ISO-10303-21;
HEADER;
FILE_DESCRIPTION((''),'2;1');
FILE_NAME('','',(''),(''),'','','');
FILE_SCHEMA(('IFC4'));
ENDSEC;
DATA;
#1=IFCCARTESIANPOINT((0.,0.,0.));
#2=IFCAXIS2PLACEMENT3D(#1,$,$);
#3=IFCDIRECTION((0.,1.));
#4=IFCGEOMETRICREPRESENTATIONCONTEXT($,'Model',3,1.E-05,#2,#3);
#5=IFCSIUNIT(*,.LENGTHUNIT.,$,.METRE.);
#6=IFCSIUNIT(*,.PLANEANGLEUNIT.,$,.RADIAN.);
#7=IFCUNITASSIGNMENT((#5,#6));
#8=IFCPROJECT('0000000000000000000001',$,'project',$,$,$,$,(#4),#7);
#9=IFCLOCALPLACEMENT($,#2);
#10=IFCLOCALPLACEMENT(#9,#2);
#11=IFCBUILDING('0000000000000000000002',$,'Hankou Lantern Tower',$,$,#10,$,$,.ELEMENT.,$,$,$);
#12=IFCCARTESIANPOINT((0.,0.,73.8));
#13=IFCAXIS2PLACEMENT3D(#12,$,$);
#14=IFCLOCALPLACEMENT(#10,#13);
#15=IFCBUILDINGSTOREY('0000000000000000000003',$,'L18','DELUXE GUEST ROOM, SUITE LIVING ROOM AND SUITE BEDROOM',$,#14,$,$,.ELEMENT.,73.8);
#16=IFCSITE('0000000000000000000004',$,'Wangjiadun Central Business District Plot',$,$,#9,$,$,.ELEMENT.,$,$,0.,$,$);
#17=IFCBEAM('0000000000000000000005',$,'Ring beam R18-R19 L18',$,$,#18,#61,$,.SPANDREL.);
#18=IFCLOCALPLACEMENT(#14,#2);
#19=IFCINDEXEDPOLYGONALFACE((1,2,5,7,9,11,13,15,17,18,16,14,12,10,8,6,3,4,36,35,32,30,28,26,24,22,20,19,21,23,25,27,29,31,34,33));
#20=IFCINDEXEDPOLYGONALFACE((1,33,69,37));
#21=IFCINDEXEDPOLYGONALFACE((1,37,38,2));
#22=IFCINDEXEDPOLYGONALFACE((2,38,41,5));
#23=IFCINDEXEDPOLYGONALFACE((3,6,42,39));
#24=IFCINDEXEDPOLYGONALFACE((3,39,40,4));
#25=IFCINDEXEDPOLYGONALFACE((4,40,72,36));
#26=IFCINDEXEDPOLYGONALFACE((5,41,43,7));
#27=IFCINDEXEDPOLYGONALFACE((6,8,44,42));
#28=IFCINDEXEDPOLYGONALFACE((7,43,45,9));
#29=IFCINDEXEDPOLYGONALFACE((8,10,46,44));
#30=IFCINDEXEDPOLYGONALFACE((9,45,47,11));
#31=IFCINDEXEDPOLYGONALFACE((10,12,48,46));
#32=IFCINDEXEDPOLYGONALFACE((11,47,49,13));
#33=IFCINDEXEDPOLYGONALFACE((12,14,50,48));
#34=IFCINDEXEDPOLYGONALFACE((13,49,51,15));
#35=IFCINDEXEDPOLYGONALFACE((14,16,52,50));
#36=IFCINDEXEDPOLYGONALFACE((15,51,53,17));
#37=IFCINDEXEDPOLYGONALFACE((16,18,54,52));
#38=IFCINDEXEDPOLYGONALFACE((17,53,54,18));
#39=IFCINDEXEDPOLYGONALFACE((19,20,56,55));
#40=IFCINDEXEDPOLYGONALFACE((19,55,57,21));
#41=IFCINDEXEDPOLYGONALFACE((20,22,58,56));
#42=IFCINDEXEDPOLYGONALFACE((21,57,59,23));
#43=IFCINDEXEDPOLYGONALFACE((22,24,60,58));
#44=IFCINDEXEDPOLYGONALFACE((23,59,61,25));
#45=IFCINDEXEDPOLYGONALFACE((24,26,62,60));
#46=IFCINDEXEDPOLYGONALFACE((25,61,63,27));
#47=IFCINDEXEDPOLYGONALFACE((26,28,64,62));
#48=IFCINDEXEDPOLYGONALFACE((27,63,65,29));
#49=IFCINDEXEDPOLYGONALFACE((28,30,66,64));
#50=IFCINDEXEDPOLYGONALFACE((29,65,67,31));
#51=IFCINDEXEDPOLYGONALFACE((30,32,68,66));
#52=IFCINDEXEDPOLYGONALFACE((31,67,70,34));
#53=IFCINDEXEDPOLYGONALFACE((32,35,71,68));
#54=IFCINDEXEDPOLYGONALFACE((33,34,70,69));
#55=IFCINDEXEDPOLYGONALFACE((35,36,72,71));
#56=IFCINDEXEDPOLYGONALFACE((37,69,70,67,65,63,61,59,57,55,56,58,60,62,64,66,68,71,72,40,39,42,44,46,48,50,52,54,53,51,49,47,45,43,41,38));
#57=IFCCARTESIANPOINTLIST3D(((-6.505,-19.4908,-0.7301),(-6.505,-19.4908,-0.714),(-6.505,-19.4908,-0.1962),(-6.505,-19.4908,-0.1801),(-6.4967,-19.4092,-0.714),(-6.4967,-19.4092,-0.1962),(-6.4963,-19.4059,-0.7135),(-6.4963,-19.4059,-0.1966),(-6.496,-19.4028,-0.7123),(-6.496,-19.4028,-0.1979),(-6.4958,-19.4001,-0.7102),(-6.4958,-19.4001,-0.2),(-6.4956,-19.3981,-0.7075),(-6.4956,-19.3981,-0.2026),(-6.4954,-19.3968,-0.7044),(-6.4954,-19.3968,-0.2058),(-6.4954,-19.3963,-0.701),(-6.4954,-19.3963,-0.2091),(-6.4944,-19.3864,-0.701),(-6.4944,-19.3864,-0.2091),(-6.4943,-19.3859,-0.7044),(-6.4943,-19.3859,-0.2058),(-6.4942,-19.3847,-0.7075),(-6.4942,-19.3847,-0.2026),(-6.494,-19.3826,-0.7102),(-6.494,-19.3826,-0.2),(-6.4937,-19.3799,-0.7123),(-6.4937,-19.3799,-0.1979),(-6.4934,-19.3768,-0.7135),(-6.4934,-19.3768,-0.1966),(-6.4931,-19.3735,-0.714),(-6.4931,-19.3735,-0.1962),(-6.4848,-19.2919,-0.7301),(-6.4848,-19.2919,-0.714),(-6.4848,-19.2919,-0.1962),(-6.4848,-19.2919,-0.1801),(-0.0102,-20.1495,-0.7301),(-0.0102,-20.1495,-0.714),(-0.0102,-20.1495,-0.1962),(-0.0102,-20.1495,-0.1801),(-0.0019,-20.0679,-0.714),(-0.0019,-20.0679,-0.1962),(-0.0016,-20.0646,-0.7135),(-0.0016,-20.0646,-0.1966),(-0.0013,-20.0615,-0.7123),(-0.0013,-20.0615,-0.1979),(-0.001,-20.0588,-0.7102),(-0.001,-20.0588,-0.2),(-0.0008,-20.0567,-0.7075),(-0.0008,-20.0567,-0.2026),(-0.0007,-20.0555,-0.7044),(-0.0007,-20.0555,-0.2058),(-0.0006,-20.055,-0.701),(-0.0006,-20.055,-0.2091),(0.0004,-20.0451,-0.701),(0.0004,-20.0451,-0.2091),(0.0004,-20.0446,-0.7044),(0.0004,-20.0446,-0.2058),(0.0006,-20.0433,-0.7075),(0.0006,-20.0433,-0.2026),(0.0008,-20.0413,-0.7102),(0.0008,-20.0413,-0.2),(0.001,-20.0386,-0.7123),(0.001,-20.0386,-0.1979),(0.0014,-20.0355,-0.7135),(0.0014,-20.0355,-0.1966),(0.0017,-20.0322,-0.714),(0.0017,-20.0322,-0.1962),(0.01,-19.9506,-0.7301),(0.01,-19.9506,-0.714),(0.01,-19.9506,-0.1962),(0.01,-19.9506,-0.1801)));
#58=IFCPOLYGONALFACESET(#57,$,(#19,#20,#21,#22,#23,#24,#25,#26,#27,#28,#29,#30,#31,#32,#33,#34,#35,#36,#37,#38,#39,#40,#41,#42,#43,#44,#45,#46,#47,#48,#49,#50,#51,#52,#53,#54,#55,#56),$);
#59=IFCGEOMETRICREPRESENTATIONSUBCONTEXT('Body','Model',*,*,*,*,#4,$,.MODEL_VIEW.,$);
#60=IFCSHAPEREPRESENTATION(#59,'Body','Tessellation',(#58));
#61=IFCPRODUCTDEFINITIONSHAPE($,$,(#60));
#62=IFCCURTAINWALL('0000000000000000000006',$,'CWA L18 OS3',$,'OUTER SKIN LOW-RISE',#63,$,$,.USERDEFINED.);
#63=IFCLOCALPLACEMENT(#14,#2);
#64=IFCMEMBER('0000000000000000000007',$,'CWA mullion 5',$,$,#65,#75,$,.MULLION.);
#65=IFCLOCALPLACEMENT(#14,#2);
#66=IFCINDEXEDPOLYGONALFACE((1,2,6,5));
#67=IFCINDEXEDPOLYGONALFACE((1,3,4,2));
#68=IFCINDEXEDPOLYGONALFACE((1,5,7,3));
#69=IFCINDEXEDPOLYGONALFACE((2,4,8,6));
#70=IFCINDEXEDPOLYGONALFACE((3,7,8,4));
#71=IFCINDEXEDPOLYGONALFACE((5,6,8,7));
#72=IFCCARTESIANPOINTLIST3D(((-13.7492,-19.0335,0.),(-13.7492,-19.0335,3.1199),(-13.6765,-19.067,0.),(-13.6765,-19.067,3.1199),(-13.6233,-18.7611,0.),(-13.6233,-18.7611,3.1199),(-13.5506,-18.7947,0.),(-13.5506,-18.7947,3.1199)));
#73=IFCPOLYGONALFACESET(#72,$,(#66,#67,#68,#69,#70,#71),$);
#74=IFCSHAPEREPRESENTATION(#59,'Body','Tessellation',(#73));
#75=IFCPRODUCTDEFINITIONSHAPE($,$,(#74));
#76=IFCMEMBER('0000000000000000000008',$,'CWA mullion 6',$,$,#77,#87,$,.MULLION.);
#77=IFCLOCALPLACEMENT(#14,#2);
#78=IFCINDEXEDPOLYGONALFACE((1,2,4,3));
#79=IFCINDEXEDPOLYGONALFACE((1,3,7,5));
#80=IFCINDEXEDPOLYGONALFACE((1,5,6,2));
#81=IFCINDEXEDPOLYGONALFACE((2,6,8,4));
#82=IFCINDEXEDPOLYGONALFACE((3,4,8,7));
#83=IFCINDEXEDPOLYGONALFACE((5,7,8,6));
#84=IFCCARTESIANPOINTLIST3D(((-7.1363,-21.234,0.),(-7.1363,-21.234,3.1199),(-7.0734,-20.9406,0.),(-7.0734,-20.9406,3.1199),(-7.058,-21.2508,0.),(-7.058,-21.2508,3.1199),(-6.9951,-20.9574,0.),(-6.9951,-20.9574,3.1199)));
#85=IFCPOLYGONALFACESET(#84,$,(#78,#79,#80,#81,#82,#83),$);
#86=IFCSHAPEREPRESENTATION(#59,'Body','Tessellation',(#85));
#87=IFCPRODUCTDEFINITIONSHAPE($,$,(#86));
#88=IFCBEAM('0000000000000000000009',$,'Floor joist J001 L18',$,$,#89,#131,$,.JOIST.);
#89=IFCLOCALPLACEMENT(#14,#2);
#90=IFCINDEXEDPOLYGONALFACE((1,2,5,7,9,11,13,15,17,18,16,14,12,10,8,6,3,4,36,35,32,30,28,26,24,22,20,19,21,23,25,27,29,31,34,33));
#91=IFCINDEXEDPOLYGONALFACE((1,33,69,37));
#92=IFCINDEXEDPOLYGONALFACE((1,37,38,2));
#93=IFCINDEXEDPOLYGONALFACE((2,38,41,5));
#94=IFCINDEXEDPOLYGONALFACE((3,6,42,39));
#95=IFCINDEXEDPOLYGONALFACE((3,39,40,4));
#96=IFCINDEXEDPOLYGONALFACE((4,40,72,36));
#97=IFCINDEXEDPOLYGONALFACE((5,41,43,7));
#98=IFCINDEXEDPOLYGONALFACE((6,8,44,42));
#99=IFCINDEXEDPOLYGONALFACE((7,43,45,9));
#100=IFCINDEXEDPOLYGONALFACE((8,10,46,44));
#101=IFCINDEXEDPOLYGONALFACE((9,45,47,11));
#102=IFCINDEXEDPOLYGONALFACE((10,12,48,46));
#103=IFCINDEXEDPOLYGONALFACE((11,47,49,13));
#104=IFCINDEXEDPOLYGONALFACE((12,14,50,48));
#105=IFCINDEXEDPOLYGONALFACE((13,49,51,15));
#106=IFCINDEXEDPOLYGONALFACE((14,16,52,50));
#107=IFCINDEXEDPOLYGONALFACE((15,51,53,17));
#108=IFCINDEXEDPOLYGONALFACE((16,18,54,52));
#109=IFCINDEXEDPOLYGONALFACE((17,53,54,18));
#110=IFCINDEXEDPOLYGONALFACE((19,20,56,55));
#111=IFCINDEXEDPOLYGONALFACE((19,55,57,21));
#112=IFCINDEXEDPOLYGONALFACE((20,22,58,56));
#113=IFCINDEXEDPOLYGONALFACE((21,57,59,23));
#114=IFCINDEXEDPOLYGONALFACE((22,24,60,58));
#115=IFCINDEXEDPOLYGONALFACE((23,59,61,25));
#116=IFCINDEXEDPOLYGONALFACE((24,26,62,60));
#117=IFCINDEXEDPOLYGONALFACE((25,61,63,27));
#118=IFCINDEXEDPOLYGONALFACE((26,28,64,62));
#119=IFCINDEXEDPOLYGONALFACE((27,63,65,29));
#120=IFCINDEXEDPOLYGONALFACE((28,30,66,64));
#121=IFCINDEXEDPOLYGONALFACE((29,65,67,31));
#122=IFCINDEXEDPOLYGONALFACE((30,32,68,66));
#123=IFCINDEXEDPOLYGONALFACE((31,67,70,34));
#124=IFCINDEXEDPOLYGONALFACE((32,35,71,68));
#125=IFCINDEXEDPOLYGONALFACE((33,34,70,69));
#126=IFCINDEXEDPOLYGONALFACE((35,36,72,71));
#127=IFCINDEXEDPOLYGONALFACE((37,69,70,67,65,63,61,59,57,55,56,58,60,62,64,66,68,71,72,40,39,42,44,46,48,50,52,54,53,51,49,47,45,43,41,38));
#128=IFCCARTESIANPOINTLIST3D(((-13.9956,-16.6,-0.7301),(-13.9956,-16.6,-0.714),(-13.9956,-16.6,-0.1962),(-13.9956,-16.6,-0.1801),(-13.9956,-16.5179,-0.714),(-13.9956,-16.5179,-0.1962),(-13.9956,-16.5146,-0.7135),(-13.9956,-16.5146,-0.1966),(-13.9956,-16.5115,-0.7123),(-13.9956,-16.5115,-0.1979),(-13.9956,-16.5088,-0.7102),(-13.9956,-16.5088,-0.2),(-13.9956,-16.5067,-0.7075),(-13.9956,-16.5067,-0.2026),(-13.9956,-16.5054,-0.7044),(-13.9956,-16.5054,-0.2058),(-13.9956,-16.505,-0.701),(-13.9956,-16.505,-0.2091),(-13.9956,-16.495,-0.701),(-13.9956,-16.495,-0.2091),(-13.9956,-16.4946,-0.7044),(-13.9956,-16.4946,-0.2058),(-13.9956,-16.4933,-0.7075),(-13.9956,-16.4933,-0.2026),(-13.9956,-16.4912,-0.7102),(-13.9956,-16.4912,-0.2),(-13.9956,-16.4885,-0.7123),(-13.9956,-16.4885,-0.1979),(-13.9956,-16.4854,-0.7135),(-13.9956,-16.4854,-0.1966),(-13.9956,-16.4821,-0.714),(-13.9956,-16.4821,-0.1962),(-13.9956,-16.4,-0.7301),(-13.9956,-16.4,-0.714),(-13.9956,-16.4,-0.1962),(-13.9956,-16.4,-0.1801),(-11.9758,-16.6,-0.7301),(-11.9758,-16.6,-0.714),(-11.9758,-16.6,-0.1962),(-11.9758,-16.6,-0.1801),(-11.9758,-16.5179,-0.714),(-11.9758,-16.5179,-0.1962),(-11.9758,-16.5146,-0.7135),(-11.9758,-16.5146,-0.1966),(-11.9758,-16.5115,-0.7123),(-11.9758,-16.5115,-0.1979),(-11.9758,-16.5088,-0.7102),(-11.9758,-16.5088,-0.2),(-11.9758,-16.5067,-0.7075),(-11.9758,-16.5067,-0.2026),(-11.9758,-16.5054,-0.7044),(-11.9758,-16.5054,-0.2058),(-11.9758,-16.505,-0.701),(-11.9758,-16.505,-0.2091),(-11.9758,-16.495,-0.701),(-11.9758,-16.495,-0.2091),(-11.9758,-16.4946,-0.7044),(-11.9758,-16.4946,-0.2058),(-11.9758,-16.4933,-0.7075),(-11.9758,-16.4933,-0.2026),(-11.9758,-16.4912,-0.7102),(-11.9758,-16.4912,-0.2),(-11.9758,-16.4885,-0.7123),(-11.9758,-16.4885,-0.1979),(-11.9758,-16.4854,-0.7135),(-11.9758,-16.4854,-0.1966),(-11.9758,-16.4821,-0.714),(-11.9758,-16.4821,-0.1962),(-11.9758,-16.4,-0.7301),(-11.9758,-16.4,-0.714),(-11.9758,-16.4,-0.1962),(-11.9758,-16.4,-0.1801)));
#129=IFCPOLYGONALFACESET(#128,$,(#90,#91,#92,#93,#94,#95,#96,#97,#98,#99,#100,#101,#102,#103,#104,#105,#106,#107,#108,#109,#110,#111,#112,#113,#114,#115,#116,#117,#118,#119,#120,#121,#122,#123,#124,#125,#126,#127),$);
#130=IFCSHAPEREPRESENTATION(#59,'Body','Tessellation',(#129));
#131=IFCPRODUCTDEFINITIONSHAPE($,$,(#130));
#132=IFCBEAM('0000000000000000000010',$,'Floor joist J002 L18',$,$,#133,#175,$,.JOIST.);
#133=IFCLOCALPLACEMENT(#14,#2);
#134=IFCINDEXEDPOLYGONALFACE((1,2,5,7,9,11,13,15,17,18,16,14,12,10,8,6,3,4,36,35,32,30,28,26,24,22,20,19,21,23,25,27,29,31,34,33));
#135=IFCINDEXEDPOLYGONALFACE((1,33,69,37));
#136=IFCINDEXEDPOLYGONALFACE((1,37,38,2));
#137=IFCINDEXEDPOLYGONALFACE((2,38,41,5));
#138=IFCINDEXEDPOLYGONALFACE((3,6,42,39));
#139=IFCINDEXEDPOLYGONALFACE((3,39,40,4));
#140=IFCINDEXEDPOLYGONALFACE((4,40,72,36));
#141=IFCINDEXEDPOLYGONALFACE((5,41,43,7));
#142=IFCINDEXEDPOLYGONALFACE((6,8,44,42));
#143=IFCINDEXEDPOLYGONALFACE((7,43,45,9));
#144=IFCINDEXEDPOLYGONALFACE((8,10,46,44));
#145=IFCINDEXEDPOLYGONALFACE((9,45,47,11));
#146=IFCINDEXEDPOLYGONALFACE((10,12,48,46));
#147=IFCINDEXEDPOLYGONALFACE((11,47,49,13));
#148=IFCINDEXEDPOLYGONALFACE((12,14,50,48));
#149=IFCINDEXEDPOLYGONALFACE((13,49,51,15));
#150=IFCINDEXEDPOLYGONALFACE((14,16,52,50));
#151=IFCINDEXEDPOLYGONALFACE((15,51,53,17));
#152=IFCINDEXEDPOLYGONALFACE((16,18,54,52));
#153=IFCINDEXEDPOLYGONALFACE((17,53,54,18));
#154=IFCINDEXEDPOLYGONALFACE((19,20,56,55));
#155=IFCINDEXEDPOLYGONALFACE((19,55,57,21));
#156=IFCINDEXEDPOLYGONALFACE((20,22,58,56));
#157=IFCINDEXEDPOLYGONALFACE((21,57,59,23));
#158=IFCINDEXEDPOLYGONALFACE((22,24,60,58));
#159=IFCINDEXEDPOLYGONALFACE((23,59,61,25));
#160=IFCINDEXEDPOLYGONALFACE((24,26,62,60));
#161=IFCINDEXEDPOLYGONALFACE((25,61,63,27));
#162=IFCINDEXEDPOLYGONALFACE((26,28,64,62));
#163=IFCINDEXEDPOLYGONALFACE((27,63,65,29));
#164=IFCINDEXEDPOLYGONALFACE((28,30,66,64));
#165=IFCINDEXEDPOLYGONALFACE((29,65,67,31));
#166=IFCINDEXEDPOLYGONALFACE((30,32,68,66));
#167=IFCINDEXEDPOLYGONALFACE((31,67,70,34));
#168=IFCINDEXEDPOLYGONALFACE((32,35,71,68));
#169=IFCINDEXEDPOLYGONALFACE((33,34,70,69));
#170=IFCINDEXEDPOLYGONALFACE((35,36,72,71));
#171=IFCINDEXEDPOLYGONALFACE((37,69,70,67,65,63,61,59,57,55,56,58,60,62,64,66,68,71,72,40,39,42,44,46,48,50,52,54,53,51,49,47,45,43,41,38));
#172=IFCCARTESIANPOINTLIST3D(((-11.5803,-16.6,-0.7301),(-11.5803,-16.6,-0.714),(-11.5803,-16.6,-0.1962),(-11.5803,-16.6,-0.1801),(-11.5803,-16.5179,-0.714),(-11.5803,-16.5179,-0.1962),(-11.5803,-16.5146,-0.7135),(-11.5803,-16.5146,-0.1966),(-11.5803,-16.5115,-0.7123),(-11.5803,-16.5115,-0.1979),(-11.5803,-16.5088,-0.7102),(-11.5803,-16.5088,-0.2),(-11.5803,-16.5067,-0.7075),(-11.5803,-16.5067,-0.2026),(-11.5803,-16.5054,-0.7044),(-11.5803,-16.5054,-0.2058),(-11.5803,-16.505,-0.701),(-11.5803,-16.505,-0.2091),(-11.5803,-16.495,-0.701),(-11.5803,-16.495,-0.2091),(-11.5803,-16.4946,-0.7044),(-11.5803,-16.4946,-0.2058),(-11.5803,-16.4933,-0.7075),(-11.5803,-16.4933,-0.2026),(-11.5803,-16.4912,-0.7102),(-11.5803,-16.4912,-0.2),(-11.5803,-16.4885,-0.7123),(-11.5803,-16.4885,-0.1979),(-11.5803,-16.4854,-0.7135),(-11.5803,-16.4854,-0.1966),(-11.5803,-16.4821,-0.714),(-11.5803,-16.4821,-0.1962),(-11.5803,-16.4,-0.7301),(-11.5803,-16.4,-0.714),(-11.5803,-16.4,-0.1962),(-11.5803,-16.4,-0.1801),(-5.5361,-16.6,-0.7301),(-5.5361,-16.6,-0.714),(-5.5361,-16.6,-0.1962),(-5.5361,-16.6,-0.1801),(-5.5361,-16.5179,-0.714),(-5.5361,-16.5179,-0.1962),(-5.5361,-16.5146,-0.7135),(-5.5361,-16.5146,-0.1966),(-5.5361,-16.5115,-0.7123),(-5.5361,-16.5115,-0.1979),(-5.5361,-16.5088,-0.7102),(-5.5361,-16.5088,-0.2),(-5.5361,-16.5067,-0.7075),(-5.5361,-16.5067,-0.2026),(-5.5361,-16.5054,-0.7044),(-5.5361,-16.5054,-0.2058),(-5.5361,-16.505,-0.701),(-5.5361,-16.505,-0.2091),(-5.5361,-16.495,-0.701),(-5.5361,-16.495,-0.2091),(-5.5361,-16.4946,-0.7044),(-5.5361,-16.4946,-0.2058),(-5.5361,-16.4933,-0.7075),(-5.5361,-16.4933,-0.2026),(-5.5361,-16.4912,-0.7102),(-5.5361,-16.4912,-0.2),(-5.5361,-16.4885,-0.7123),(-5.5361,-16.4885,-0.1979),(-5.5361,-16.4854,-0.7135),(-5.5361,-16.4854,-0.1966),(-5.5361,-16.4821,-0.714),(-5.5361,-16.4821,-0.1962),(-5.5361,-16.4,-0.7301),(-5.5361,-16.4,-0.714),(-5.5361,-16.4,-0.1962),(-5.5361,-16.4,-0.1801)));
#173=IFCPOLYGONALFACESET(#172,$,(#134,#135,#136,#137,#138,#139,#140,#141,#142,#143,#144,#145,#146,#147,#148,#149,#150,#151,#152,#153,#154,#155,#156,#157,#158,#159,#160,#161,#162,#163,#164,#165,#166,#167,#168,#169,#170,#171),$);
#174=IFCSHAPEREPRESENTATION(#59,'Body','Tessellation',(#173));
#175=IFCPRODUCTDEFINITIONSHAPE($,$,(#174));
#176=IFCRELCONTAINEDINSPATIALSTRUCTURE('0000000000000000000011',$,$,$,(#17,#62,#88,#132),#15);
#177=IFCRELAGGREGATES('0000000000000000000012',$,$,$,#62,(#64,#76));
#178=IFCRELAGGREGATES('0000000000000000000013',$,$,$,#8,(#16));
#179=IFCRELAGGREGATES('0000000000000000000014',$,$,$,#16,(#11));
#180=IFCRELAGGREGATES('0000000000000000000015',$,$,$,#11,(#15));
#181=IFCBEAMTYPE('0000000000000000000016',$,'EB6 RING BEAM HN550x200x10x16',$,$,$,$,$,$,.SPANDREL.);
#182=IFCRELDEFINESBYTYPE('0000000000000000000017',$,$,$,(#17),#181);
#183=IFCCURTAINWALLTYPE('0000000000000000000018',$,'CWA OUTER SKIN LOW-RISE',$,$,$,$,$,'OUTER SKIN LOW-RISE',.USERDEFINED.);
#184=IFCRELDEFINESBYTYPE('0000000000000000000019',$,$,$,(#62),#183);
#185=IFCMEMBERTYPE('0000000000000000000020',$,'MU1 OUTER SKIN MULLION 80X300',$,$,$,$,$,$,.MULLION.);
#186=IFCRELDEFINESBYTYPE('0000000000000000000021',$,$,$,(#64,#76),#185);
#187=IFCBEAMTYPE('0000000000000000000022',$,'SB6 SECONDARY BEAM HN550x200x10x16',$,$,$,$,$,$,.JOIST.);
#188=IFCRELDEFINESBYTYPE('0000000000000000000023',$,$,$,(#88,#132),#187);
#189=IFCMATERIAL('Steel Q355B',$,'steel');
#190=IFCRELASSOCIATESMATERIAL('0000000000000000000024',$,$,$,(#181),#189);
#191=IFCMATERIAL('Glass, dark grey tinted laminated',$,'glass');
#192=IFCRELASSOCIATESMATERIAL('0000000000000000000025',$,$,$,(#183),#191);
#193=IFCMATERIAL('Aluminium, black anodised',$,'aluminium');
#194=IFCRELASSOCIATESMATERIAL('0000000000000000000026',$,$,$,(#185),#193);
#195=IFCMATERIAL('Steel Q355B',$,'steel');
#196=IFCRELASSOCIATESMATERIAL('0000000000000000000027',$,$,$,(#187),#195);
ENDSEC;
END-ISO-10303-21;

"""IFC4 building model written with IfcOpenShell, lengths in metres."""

from ifc_helpers import new_model, si_unit, direction, frame, origin, origin_2d, place, context, subcontext, project, spatial, rectangle, i_section, extrude, material, material_profile, profile_set, type_object, element, aggregate, save


model = new_model("IFC4")

# Units and contexts
model_context = context("Model", 3, precision=1e-05, world=origin(), true_north=direction((0.0, 1.0)))
body_context = subcontext(model_context, "Body", "Model", "MODEL_VIEW")
ifc_project = project(units=[si_unit("LENGTHUNIT", "METRE"), si_unit("PLANEANGLEUNIT", "RADIAN")], contexts=[model_context])

# Site, building, storey
site_placement = place(None, origin())
site = spatial("IfcSite", under=ifc_project, at=site_placement, Name="Wangjiadun Central Business District Plot", CompositionType="ELEMENT", RefElevation=0.0)
building_placement = place(site_placement, origin())
building = spatial("IfcBuilding", under=site, at=building_placement, Name="Hankou Lantern Tower", CompositionType="ELEMENT")
storey_placement = place(building_placement, frame((0.0, 0.0, 73.8)))
storey = spatial("IfcBuildingStorey", under=building, at=storey_placement, Name="L18", Description="DELUXE GUEST ROOM, SUITE LIVING ROOM AND SUITE BEDROOM", CompositionType="ELEMENT", Elevation=73.8)

# Beam
ifc_material_1 = material(Name="Steel Q355B", Category="steel")
ifc_material_profile_1 = material_profile(ifc_material_1, i_section(OverallWidth=0.2, OverallDepth=0.55, WebThickness=0.01, FlangeThickness=0.0161, FilletRadius=0.0129, at=origin_2d()), Name="HN550x200x10x16")
ifc_profile_set_1 = profile_set([ifc_material_profile_1], Name="Steel Q355B")
beam_type_1 = type_object("IfcBeamType", Name="EB6 RING BEAM HN550x200x10x16", PredefinedType="SPANDREL", material=ifc_profile_set_1)
beam_1_placement = place(storey_placement, frame((-6.4949, -19.3914, -0.4551), z_axis=(0.994897, -0.1009, 0.0), x_axis=(0.1009, 0.994897, 0.0)))
element("IfcBeam", 1, at=beam_1_placement, inside=storey, type_object=beam_type_1, Name="Ring beam R18-R19 L18", PredefinedType="SPANDREL", context=body_context, shape_type="SweptSolid", body=[
    extrude(i_section(OverallWidth=0.2, OverallDepth=0.55, WebThickness=0.01, FlangeThickness=0.0161, FilletRadius=0.0129, at=origin_2d()), origin(), (0.0, 0.0, 1.0), 6.5281),
])

# Curtain wall, members
ifc_material_2 = material(Name="Glass, dark grey tinted laminated", Category="glass")
curtain_wall_type = type_object("IfcCurtainWallType", Name="CWA OUTER SKIN LOW-RISE", ElementType="OUTER SKIN LOW-RISE", PredefinedType="USERDEFINED", material=ifc_material_2)
curtain_wall_placement = place(storey_placement, origin())
curtain_wall = element("IfcCurtainWall", 2, at=curtain_wall_placement, inside=storey, type_object=curtain_wall_type, Name="CWA L18 OS3", ObjectType="OUTER SKIN LOW-RISE", PredefinedType="USERDEFINED")
ifc_material_3 = material(Name="Aluminium, black anodised", Category="aluminium")
ifc_material_profile_2 = material_profile(ifc_material_3, rectangle(XDim=0.0801, YDim=0.3, at=origin_2d()), Name="MU1 80X300")
ifc_profile_set_2 = profile_set([ifc_material_profile_2], Name="Aluminium, black anodised")
member_type_1 = type_object("IfcMemberType", Name="MU1 OUTER SKIN MULLION 80X300", PredefinedType="MULLION", material=ifc_profile_set_2)
member_1_placement = place(storey_placement, frame((-13.6499, -18.9141, 0.0), z_axis=(0.0, 0.0, 1.0), x_axis=(0.907841, -0.419314, 0.0)))
member_1 = element("IfcMember", 3, at=member_1_placement, type_object=member_type_1, Name="CWA mullion 5", PredefinedType="MULLION", context=body_context, shape_type="SweptSolid", body=[
    extrude(rectangle(XDim=0.0801, YDim=0.3, at=origin_2d()), origin(), (0.0, 0.0, 1.0), 3.1199),
])
member_2_placement = place(storey_placement, frame((-7.0657, -21.0957, 0.0), z_axis=(0.0, 0.0, 1.0), x_axis=(0.977788, -0.209598, 0.0)))
member_2 = element("IfcMember", 4, at=member_2_placement, type_object=member_type_1, Name="CWA mullion 6", PredefinedType="MULLION", context=body_context, shape_type="SweptSolid", body=[
    extrude(rectangle(XDim=0.0801, YDim=0.3, at=origin_2d()), origin(), (0.0, 0.0, 1.0), 3.1199),
])

# Beams
ifc_material_4 = material(Name="Steel Q355B", Category="steel")
ifc_material_profile_3 = material_profile(ifc_material_4, i_section(OverallWidth=0.2, OverallDepth=0.55, WebThickness=0.01, FlangeThickness=0.0161, FilletRadius=0.0129, at=origin_2d()), Name="HN550x200x10x16")
ifc_profile_set_3 = profile_set([ifc_material_profile_3], Name="Steel Q355B")
beam_type_2 = type_object("IfcBeamType", Name="SB6 SECONDARY BEAM HN550x200x10x16", PredefinedType="JOIST", material=ifc_profile_set_3)
beam_2_placement = place(storey_placement, frame((-13.9956, -16.5, -0.4551), z_axis=(1.0, 0.0, 0.0), x_axis=(0.0, 1.0, 0.0)))
element("IfcBeam", 5, at=beam_2_placement, inside=storey, type_object=beam_type_2, Name="Floor joist J001 L18", PredefinedType="JOIST", context=body_context, shape_type="SweptSolid", body=[
    extrude(i_section(OverallWidth=0.2, OverallDepth=0.55, WebThickness=0.01, FlangeThickness=0.0161, FilletRadius=0.0129, at=origin_2d()), origin(), (0.0, 0.0, 1.0), 2.0198),
])
beam_3_placement = place(storey_placement, frame((-11.5803, -16.5, -0.4551), z_axis=(1.0, 0.0, 0.0), x_axis=(0.0, 1.0, 0.0)))
element("IfcBeam", 6, at=beam_3_placement, inside=storey, type_object=beam_type_2, Name="Floor joist J002 L18", PredefinedType="JOIST", context=body_context, shape_type="SweptSolid", body=[
    extrude(i_section(OverallWidth=0.2, OverallDepth=0.55, WebThickness=0.01, FlangeThickness=0.0161, FilletRadius=0.0129, at=origin_2d()), origin(), (0.0, 0.0, 1.0), 6.0442),
])

aggregate(curtain_wall, [member_1, member_2])

save(model, "model.ifc")
